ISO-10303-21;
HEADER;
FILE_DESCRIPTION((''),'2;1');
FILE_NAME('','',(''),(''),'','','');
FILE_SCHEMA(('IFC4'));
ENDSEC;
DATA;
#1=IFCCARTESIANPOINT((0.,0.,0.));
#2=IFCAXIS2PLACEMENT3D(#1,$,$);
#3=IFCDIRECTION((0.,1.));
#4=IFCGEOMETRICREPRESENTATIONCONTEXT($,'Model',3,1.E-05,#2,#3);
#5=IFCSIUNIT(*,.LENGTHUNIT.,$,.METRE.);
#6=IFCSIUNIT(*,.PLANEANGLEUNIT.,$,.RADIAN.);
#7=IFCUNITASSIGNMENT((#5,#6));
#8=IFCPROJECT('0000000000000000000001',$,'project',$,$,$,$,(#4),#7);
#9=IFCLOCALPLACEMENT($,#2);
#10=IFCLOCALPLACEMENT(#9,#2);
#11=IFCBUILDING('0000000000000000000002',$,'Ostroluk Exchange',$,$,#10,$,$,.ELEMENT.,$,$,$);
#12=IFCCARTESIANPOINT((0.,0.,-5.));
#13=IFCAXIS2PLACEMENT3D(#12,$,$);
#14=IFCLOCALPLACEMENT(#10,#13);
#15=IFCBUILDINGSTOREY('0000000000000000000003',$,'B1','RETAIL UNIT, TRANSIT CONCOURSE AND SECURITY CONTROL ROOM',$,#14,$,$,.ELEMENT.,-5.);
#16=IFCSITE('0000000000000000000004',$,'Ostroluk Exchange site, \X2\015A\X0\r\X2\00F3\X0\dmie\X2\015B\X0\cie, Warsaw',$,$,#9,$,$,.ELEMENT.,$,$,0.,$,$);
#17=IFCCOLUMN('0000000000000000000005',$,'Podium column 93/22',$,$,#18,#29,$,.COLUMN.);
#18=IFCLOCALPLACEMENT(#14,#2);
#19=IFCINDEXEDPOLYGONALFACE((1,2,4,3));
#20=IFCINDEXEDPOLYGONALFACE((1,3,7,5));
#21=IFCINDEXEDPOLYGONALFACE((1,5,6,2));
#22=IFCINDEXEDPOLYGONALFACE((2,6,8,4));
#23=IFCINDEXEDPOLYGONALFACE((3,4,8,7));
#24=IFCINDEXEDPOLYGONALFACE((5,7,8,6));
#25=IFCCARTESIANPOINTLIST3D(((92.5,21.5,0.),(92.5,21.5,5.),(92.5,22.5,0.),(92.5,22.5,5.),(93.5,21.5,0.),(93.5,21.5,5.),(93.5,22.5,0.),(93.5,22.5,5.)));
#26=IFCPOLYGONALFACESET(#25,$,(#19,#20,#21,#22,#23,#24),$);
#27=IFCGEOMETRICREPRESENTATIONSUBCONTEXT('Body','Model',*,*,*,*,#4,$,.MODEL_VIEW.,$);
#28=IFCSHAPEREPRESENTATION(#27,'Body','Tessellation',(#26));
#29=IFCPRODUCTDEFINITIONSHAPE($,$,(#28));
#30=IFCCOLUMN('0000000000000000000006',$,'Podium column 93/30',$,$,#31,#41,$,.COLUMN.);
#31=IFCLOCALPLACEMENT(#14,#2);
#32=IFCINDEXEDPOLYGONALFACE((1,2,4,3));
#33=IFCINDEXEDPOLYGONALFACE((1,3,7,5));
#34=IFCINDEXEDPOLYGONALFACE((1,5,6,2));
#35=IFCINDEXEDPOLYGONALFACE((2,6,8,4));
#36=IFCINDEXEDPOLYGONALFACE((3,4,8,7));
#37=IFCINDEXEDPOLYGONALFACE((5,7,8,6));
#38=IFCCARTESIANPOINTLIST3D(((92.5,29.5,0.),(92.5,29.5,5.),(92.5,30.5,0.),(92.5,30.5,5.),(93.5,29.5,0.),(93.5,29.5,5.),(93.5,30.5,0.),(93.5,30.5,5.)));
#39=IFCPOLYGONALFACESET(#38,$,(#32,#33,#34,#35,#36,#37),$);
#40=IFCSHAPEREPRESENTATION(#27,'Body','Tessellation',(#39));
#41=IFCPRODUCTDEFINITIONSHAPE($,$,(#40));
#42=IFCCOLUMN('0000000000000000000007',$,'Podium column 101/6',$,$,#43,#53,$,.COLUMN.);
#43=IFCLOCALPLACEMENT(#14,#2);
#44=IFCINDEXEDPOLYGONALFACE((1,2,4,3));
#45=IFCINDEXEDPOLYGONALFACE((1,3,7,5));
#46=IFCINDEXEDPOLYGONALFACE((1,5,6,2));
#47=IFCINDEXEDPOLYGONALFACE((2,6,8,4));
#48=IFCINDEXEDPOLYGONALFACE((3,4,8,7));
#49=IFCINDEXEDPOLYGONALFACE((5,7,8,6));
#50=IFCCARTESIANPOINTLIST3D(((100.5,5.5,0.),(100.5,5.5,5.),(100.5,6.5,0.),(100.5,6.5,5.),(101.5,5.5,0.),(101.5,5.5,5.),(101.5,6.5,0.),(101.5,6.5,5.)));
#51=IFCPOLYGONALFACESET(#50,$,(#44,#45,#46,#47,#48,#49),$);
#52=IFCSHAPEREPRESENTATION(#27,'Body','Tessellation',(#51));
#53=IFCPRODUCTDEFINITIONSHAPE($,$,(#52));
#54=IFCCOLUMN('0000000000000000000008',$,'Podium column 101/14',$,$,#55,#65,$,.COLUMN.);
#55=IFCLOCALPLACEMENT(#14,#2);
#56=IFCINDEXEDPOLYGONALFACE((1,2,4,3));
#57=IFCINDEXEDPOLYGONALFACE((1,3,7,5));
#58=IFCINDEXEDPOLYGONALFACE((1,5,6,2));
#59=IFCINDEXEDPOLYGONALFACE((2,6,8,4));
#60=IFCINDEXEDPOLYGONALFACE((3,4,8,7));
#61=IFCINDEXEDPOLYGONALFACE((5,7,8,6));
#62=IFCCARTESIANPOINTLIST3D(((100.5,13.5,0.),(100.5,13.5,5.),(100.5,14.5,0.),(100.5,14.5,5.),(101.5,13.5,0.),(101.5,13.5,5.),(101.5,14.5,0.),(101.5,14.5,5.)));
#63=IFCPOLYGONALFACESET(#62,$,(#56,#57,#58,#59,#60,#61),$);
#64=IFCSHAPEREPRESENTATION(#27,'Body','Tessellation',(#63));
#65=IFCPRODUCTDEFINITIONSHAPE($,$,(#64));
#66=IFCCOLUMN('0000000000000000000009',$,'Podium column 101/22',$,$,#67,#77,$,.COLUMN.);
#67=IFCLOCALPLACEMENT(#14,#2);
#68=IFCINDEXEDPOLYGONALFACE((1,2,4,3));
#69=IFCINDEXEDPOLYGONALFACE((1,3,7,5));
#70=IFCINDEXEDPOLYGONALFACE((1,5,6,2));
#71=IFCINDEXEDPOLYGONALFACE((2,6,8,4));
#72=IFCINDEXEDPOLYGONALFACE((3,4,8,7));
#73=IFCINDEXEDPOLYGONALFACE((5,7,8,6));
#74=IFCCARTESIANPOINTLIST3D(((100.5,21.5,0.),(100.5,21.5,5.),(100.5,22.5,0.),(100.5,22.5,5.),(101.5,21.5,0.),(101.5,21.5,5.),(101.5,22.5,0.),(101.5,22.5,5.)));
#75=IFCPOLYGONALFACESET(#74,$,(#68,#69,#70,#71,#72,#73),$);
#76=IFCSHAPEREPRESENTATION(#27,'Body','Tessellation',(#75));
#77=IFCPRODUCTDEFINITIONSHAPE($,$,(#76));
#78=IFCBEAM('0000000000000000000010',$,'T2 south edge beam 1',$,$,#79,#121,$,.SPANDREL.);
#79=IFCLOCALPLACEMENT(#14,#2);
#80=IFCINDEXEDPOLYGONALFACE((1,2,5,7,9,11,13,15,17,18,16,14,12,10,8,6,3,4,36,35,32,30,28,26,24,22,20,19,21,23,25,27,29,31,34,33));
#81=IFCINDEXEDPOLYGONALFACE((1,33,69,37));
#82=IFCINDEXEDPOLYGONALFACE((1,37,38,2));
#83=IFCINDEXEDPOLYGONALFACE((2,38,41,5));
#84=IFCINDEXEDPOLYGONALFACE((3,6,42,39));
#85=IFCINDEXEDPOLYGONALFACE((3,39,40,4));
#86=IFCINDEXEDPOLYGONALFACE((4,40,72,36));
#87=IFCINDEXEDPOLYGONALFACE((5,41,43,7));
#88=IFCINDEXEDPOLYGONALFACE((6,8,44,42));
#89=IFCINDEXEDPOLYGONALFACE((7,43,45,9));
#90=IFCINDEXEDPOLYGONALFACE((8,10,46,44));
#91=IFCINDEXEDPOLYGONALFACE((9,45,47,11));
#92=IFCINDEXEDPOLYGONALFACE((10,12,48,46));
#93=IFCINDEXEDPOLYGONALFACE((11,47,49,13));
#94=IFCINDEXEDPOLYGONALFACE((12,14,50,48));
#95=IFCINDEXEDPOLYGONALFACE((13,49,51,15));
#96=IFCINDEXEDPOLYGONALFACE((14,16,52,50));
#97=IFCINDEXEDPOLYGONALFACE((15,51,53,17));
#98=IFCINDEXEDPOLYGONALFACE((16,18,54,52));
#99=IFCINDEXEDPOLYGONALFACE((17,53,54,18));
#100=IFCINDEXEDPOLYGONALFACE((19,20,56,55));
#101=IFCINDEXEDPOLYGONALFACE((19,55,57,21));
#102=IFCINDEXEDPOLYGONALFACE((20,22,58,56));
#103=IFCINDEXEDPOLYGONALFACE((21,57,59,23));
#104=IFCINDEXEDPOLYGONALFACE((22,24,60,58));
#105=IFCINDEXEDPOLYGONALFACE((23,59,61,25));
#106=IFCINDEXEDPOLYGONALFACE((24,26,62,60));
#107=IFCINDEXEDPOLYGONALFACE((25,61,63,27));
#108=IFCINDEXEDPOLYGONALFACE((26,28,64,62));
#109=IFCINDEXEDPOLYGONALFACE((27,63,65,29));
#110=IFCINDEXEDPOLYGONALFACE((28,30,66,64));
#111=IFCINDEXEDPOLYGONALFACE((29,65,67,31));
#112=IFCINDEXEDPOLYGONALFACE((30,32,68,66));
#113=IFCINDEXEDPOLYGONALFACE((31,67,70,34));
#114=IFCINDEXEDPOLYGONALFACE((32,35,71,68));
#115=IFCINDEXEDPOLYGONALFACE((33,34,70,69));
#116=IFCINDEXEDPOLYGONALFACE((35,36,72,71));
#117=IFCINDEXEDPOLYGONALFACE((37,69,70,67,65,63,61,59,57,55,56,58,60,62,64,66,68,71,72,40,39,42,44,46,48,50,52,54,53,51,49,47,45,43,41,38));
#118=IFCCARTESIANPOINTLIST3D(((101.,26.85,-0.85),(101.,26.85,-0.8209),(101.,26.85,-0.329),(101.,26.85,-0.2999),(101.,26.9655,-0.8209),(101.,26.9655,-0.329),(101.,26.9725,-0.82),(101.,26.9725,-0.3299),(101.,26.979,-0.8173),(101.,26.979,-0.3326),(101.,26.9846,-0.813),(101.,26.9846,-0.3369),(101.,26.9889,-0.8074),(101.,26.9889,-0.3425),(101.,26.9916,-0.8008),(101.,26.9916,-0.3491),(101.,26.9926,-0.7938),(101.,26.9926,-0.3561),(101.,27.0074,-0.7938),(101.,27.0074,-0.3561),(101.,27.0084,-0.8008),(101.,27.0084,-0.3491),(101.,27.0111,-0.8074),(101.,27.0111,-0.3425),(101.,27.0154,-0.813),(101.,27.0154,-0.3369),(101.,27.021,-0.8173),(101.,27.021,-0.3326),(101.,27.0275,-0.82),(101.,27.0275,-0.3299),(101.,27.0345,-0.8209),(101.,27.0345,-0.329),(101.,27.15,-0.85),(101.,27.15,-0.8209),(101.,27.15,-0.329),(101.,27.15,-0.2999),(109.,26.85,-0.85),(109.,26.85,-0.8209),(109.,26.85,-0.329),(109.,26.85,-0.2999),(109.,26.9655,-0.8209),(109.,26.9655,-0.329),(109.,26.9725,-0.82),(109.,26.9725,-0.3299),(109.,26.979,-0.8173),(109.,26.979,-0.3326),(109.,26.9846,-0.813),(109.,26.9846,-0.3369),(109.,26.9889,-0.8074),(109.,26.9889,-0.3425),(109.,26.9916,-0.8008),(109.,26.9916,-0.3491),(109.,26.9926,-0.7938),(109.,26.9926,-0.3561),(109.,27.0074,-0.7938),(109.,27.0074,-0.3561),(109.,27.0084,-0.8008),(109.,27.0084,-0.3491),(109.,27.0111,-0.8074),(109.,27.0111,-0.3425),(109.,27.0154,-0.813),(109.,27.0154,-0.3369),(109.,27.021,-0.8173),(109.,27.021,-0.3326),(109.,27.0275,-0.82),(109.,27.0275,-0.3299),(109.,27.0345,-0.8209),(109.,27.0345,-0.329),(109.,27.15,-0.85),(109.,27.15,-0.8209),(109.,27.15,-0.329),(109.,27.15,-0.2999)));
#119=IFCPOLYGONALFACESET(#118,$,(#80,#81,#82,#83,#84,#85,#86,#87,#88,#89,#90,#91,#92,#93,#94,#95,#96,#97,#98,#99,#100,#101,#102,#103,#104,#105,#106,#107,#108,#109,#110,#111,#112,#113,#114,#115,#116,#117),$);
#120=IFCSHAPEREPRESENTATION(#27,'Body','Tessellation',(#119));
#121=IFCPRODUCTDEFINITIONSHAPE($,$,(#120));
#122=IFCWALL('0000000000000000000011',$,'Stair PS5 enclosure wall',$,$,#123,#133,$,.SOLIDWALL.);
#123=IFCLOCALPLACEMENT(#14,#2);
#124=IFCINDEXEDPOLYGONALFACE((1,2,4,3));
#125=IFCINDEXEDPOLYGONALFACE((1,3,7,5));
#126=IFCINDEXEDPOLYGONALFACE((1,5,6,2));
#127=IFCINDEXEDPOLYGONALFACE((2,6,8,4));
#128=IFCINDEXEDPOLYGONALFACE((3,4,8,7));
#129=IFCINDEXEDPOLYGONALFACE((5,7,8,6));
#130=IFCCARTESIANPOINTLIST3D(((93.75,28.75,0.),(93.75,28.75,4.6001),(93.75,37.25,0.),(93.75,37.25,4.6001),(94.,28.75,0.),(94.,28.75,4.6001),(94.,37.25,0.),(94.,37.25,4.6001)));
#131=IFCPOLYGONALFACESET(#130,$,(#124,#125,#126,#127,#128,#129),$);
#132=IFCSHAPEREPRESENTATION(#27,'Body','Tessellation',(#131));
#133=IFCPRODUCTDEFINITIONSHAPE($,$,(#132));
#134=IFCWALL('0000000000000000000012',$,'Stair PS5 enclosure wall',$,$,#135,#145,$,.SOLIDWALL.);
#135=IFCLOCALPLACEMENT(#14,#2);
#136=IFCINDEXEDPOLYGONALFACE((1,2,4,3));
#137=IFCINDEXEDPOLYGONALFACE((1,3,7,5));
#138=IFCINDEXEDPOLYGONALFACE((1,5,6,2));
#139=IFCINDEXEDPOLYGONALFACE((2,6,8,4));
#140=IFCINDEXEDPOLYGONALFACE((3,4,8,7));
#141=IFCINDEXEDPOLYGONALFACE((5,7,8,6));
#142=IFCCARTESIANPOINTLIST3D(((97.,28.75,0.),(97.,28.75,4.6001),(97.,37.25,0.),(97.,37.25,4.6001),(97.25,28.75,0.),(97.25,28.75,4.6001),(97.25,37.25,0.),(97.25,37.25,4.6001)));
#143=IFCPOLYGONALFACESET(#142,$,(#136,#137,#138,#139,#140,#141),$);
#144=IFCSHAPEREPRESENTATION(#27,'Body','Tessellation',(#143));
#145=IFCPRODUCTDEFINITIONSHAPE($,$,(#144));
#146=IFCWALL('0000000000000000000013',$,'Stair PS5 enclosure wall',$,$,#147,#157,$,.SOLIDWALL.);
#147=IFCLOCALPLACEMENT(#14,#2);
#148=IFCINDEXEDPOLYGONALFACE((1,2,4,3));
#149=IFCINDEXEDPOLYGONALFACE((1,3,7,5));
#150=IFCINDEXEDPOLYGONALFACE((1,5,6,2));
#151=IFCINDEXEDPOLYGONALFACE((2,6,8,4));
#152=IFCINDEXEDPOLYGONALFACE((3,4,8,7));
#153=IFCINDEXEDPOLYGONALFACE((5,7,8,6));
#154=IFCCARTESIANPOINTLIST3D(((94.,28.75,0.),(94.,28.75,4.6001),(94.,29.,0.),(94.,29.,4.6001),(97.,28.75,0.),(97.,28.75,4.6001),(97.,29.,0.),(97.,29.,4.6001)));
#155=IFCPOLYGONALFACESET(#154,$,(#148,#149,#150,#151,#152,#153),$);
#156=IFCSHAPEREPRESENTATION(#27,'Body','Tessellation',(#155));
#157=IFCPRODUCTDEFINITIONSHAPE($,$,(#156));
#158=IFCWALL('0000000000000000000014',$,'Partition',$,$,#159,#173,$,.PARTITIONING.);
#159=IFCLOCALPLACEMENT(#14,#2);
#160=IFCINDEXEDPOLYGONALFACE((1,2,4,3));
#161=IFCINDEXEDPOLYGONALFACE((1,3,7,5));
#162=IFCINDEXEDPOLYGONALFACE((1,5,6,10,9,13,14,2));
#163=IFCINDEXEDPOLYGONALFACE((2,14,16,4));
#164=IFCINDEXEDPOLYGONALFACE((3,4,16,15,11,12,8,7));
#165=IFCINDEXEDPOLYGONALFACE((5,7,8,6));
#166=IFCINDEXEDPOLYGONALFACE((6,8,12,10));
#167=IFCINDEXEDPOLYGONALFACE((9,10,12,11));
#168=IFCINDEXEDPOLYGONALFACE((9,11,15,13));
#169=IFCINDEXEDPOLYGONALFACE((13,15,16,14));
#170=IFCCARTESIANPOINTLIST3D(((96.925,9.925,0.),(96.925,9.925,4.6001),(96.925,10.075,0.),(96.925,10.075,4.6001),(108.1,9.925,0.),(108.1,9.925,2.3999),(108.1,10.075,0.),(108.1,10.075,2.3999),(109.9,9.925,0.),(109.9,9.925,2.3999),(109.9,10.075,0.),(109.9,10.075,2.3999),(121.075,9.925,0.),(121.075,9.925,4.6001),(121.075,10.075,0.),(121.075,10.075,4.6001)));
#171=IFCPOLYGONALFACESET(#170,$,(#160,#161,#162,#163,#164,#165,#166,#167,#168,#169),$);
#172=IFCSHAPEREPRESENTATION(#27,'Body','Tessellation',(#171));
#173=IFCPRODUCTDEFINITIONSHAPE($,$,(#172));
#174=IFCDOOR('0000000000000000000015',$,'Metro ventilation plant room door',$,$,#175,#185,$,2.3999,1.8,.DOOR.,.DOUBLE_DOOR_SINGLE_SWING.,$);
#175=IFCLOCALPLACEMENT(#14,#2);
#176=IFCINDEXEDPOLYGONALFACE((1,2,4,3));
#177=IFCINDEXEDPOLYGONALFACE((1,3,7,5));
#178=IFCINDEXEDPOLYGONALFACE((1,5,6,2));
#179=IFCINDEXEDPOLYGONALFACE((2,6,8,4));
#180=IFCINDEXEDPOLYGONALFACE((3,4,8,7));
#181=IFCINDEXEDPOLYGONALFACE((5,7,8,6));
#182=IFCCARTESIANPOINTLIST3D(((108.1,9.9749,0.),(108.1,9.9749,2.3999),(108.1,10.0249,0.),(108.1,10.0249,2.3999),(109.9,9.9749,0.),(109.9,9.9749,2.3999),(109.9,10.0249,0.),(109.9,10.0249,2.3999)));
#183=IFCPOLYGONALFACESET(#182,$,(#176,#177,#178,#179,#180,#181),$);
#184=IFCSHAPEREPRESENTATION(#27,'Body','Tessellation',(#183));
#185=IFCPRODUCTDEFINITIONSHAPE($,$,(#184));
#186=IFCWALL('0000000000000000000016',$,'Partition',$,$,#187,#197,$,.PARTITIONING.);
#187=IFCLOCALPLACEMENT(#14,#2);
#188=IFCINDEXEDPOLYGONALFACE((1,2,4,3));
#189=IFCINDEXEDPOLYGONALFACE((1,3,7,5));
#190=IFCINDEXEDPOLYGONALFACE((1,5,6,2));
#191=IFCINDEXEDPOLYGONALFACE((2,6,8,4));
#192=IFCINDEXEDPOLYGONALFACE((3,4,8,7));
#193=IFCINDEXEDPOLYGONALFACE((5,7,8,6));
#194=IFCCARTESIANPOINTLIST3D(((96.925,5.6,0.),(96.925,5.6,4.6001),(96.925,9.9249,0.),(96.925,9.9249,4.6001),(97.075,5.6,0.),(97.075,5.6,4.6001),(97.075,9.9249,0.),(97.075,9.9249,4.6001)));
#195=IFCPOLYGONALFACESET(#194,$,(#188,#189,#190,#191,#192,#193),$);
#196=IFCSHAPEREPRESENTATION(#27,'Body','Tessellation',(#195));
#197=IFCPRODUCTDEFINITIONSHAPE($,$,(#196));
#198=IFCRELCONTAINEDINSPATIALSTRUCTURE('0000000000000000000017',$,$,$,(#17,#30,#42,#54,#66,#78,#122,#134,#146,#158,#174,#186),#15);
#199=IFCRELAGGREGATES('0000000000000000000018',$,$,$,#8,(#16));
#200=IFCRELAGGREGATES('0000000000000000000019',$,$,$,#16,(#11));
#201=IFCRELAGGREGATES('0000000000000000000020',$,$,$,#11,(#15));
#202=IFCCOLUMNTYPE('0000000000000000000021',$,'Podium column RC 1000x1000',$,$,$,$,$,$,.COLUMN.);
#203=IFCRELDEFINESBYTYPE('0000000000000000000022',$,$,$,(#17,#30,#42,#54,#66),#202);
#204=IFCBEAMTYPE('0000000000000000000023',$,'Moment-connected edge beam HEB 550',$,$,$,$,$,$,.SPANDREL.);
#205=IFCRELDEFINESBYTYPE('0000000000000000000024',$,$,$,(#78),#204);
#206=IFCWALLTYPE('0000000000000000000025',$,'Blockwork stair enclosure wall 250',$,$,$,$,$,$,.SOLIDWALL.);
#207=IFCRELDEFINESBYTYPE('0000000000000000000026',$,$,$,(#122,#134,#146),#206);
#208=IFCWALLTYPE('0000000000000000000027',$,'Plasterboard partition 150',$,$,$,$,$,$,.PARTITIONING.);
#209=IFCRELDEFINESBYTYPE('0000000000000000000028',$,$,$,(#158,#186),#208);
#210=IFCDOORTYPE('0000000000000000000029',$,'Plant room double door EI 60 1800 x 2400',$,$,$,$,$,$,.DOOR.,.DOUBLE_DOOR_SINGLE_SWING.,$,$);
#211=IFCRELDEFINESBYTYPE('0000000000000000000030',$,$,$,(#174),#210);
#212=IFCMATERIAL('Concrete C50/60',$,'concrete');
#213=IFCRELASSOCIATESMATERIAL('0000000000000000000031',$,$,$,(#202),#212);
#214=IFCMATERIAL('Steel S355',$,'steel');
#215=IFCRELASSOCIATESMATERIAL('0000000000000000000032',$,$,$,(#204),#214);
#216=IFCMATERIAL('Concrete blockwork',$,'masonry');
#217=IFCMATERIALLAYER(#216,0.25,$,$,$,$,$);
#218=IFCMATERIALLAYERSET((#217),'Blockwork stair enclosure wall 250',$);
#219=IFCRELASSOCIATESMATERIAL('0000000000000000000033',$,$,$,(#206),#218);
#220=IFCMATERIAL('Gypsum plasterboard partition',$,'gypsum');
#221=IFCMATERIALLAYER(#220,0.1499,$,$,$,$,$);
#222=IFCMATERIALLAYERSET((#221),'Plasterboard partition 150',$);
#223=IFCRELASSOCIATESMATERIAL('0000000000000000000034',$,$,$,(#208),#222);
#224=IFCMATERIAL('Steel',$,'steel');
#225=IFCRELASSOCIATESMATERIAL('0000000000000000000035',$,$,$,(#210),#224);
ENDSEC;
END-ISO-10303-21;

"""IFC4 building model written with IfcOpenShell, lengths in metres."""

from ifc_helpers import new_model, si_unit, direction, frame, frame_2d, origin, origin_2d, place, context, subcontext, project, spatial, rectangle, i_section, extrude, material, layer, layer_set, material_profile, profile_set, type_object, element, fill, save


model = new_model("IFC4")

# Units and contexts
model_context = context("Model", 3, precision=1e-05, world=origin(), true_north=direction((0.0, 1.0)))
body_context = subcontext(model_context, "Body", "Model", "MODEL_VIEW")
ifc_project = project(units=[si_unit("LENGTHUNIT", "METRE"), si_unit("PLANEANGLEUNIT", "RADIAN")], contexts=[model_context])

# Site, building, storey
site_placement = place(None, origin())
site = spatial("IfcSite", under=ifc_project, at=site_placement, Name="Ostroluk Exchange site, Śródmieście, Warsaw", CompositionType="ELEMENT", RefElevation=0.0)
building_placement = place(site_placement, origin())
building = spatial("IfcBuilding", under=site, at=building_placement, Name="Ostroluk Exchange", CompositionType="ELEMENT")
storey_placement = place(building_placement, frame((0.0, 0.0, -5.0)))
storey = spatial("IfcBuildingStorey", under=building, at=storey_placement, Name="B1", Description="RETAIL UNIT, TRANSIT CONCOURSE AND SECURITY CONTROL ROOM", CompositionType="ELEMENT", Elevation=-5.0)

# Columns
ifc_material_1 = material(Name="Concrete C50/60", Category="concrete")
ifc_material_profile_1 = material_profile(ifc_material_1, rectangle(XDim=1.0, YDim=1.0, at=origin_2d()), Name="RC 1000x1000")
ifc_profile_set_1 = profile_set([ifc_material_profile_1], Name="Concrete C50/60")
column_type_1 = type_object("IfcColumnType", Name="Podium column RC 1000x1000", PredefinedType="COLUMN", material=ifc_profile_set_1)
for number, where, z_axis, x_axis, name in (
    (1, (93.0, 22.0, 0.0), (0.0, 0.0, 1.0), (1.0, 0.0, 0.0), "Podium column 93/22"),
    (2, (93.0, 30.0, 0.0), (0.0, 0.0, 1.0), (1.0, 0.0, 0.0), "Podium column 93/30"),
    (3, (101.0, 6.0, 0.0), (0.0, 0.0, 1.0), (1.0, 0.0, 0.0), "Podium column 101/6"),
    (4, (101.0, 14.0, 0.0), (0.0, 0.0, 1.0), (1.0, 0.0, 0.0), "Podium column 101/14"),
    (5, (101.0, 22.0, 0.0), (0.0, 0.0, 1.0), (1.0, 0.0, 0.0), "Podium column 101/22"),
):
    element("IfcColumn", number, at=place(storey_placement, frame(where, z_axis=z_axis, x_axis=x_axis)), inside=storey, type_object=column_type_1, Name=name, PredefinedType="COLUMN", context=body_context, shape_type="SweptSolid", body=[
        extrude(rectangle(XDim=1.0, YDim=1.0, at=origin_2d()), origin(), (0.0, 0.0, 1.0), 5.0),
    ])

# Beam
ifc_material_2 = material(Name="Steel S355", Category="steel")
ifc_material_profile_2 = material_profile(ifc_material_2, i_section(OverallWidth=0.3, OverallDepth=0.55, WebThickness=0.0149, FlangeThickness=0.0291, FilletRadius=0.0271, at=origin_2d()), Name="HEB 550")
ifc_profile_set_2 = profile_set([ifc_material_profile_2], Name="Steel S355")
beam_type = type_object("IfcBeamType", Name="Moment-connected edge beam HEB 550", PredefinedType="SPANDREL", material=ifc_profile_set_2)
beam_placement = place(storey_placement, frame((101.0, 27.0, -0.575), z_axis=(1.0, 0.0, 0.0), x_axis=(0.0, 1.0, 0.0)))
element("IfcBeam", 6, at=beam_placement, inside=storey, type_object=beam_type, Name="T2 south edge beam 1", PredefinedType="SPANDREL", context=body_context, shape_type="SweptSolid", body=[
    extrude(i_section(OverallWidth=0.3, OverallDepth=0.55, WebThickness=0.0149, FlangeThickness=0.0291, FilletRadius=0.0271, at=origin_2d()), origin(), (0.0, 0.0, 1.0), 8.0),
])

# Walls
ifc_material_3 = material(Name="Concrete blockwork", Category="masonry")
ifc_layer_1 = layer(ifc_material_3, 0.25)
ifc_layer_set_1 = layer_set([ifc_layer_1], Name="Blockwork stair enclosure wall 250")
wall_type_1 = type_object("IfcWallType", Name="Blockwork stair enclosure wall 250", PredefinedType="SOLIDWALL", material=ifc_layer_set_1)
for number, where, z_axis, x_axis, name in (
    (7, (93.875, 28.75, 0.0), (0.0, 0.0, 1.0), (0.0, 1.0, 0.0), "Stair PS5 enclosure wall"),
    (8, (97.125, 28.75, 0.0), (0.0, 0.0, 1.0), (0.0, 1.0, 0.0), "Stair PS5 enclosure wall"),
):
    element("IfcWall", number, at=place(storey_placement, frame(where, z_axis=z_axis, x_axis=x_axis)), inside=storey, type_object=wall_type_1, Name=name, PredefinedType="SOLIDWALL", context=body_context, shape_type="SweptSolid", body=[
        extrude(rectangle(XDim=8.5, YDim=0.25, at=frame_2d((4.25, 0.0))), origin(), (0.0, 0.0, 1.0), 4.6001),
    ])
wall_1_placement = place(storey_placement, frame((94.0, 28.875, 0.0), z_axis=(0.0, 0.0, 1.0), x_axis=(1.0, 0.0, 0.0)))
element("IfcWall", 9, at=wall_1_placement, inside=storey, type_object=wall_type_1, Name="Stair PS5 enclosure wall", PredefinedType="SOLIDWALL", context=body_context, shape_type="SweptSolid", body=[
    extrude(rectangle(XDim=3.0, YDim=0.25, at=frame_2d((1.5, 0.0))), origin(), (0.0, 0.0, 1.0), 4.6001),
])

# Wall, opening, door
ifc_material_4 = material(Name="Gypsum plasterboard partition", Category="gypsum")
ifc_layer_2 = layer(ifc_material_4, 0.1499)
ifc_layer_set_2 = layer_set([ifc_layer_2], Name="Plasterboard partition 150")
wall_type_2 = type_object("IfcWallType", Name="Plasterboard partition 150", PredefinedType="PARTITIONING", material=ifc_layer_set_2)
wall_2_placement = place(storey_placement, frame((96.925, 10.0, 0.0), z_axis=(0.0, 0.0, 1.0), x_axis=(1.0, 0.0, 0.0)))
wall_2 = element("IfcWall", 10, at=wall_2_placement, inside=storey, type_object=wall_type_2, Name="Partition", PredefinedType="PARTITIONING", context=body_context, shape_type="SweptSolid", body=[
    extrude(rectangle(XDim=24.1499, YDim=0.1499, at=frame_2d((12.075, 0.0))), origin(), (0.0, 0.0, 1.0), 4.6001),
])
opening_placement = place(wall_2_placement, frame((11.175, 0.0, 0.0)))
opening = element("IfcOpeningElement", 11, at=opening_placement, cuts=wall_2, PredefinedType="OPENING", context=body_context, shape_type="SweptSolid", body=[
    extrude(rectangle(XDim=1.8, YDim=2.3999, at=frame_2d((0.8999, 1.2))), frame((0.0, 0.085, 0.0), z_axis=(0.0, -1.0, 0.0), x_axis=(1.0, 0.0, 0.0)), (0.0, 0.0, 1.0), 0.1699),
])
ifc_material_5 = material(Name="Steel", Category="steel")
door_type = type_object("IfcDoorType", Name="Plant room double door EI 60 1800 x 2400", OperationType="DOUBLE_DOOR_SINGLE_SWING", PredefinedType="DOOR", material=ifc_material_5)
door_placement = place(opening_placement, origin())
door = element("IfcDoor", 12, at=door_placement, inside=storey, type_object=door_type, Name="Metro ventilation plant room door", OperationType="DOUBLE_DOOR_SINGLE_SWING", OverallHeight=2.3999, OverallWidth=1.8, PredefinedType="DOOR", context=body_context, shape_type="SweptSolid", body=[
    extrude(rectangle(XDim=1.8, YDim=2.3999, at=frame_2d((0.8999, 1.2))), frame((0.0, 0.0249, 0.0), z_axis=(0.0, -1.0, 0.0), x_axis=(1.0, 0.0, 0.0)), (0.0, 0.0, 1.0), 0.05),
])
fill(opening, door)

# Wall
wall_3_placement = place(storey_placement, frame((97.0, 9.925, 0.0), z_axis=(0.0, 0.0, 1.0), x_axis=(0.0, -1.0, 0.0)))
element("IfcWall", 13, at=wall_3_placement, inside=storey, type_object=wall_type_2, Name="Partition", PredefinedType="PARTITIONING", context=body_context, shape_type="SweptSolid", body=[
    extrude(rectangle(XDim=4.325, YDim=0.1499, at=frame_2d((2.1626, 0.0))), origin(), (0.0, 0.0, 1.0), 4.6001),
])

save(model, "model.ifc")
